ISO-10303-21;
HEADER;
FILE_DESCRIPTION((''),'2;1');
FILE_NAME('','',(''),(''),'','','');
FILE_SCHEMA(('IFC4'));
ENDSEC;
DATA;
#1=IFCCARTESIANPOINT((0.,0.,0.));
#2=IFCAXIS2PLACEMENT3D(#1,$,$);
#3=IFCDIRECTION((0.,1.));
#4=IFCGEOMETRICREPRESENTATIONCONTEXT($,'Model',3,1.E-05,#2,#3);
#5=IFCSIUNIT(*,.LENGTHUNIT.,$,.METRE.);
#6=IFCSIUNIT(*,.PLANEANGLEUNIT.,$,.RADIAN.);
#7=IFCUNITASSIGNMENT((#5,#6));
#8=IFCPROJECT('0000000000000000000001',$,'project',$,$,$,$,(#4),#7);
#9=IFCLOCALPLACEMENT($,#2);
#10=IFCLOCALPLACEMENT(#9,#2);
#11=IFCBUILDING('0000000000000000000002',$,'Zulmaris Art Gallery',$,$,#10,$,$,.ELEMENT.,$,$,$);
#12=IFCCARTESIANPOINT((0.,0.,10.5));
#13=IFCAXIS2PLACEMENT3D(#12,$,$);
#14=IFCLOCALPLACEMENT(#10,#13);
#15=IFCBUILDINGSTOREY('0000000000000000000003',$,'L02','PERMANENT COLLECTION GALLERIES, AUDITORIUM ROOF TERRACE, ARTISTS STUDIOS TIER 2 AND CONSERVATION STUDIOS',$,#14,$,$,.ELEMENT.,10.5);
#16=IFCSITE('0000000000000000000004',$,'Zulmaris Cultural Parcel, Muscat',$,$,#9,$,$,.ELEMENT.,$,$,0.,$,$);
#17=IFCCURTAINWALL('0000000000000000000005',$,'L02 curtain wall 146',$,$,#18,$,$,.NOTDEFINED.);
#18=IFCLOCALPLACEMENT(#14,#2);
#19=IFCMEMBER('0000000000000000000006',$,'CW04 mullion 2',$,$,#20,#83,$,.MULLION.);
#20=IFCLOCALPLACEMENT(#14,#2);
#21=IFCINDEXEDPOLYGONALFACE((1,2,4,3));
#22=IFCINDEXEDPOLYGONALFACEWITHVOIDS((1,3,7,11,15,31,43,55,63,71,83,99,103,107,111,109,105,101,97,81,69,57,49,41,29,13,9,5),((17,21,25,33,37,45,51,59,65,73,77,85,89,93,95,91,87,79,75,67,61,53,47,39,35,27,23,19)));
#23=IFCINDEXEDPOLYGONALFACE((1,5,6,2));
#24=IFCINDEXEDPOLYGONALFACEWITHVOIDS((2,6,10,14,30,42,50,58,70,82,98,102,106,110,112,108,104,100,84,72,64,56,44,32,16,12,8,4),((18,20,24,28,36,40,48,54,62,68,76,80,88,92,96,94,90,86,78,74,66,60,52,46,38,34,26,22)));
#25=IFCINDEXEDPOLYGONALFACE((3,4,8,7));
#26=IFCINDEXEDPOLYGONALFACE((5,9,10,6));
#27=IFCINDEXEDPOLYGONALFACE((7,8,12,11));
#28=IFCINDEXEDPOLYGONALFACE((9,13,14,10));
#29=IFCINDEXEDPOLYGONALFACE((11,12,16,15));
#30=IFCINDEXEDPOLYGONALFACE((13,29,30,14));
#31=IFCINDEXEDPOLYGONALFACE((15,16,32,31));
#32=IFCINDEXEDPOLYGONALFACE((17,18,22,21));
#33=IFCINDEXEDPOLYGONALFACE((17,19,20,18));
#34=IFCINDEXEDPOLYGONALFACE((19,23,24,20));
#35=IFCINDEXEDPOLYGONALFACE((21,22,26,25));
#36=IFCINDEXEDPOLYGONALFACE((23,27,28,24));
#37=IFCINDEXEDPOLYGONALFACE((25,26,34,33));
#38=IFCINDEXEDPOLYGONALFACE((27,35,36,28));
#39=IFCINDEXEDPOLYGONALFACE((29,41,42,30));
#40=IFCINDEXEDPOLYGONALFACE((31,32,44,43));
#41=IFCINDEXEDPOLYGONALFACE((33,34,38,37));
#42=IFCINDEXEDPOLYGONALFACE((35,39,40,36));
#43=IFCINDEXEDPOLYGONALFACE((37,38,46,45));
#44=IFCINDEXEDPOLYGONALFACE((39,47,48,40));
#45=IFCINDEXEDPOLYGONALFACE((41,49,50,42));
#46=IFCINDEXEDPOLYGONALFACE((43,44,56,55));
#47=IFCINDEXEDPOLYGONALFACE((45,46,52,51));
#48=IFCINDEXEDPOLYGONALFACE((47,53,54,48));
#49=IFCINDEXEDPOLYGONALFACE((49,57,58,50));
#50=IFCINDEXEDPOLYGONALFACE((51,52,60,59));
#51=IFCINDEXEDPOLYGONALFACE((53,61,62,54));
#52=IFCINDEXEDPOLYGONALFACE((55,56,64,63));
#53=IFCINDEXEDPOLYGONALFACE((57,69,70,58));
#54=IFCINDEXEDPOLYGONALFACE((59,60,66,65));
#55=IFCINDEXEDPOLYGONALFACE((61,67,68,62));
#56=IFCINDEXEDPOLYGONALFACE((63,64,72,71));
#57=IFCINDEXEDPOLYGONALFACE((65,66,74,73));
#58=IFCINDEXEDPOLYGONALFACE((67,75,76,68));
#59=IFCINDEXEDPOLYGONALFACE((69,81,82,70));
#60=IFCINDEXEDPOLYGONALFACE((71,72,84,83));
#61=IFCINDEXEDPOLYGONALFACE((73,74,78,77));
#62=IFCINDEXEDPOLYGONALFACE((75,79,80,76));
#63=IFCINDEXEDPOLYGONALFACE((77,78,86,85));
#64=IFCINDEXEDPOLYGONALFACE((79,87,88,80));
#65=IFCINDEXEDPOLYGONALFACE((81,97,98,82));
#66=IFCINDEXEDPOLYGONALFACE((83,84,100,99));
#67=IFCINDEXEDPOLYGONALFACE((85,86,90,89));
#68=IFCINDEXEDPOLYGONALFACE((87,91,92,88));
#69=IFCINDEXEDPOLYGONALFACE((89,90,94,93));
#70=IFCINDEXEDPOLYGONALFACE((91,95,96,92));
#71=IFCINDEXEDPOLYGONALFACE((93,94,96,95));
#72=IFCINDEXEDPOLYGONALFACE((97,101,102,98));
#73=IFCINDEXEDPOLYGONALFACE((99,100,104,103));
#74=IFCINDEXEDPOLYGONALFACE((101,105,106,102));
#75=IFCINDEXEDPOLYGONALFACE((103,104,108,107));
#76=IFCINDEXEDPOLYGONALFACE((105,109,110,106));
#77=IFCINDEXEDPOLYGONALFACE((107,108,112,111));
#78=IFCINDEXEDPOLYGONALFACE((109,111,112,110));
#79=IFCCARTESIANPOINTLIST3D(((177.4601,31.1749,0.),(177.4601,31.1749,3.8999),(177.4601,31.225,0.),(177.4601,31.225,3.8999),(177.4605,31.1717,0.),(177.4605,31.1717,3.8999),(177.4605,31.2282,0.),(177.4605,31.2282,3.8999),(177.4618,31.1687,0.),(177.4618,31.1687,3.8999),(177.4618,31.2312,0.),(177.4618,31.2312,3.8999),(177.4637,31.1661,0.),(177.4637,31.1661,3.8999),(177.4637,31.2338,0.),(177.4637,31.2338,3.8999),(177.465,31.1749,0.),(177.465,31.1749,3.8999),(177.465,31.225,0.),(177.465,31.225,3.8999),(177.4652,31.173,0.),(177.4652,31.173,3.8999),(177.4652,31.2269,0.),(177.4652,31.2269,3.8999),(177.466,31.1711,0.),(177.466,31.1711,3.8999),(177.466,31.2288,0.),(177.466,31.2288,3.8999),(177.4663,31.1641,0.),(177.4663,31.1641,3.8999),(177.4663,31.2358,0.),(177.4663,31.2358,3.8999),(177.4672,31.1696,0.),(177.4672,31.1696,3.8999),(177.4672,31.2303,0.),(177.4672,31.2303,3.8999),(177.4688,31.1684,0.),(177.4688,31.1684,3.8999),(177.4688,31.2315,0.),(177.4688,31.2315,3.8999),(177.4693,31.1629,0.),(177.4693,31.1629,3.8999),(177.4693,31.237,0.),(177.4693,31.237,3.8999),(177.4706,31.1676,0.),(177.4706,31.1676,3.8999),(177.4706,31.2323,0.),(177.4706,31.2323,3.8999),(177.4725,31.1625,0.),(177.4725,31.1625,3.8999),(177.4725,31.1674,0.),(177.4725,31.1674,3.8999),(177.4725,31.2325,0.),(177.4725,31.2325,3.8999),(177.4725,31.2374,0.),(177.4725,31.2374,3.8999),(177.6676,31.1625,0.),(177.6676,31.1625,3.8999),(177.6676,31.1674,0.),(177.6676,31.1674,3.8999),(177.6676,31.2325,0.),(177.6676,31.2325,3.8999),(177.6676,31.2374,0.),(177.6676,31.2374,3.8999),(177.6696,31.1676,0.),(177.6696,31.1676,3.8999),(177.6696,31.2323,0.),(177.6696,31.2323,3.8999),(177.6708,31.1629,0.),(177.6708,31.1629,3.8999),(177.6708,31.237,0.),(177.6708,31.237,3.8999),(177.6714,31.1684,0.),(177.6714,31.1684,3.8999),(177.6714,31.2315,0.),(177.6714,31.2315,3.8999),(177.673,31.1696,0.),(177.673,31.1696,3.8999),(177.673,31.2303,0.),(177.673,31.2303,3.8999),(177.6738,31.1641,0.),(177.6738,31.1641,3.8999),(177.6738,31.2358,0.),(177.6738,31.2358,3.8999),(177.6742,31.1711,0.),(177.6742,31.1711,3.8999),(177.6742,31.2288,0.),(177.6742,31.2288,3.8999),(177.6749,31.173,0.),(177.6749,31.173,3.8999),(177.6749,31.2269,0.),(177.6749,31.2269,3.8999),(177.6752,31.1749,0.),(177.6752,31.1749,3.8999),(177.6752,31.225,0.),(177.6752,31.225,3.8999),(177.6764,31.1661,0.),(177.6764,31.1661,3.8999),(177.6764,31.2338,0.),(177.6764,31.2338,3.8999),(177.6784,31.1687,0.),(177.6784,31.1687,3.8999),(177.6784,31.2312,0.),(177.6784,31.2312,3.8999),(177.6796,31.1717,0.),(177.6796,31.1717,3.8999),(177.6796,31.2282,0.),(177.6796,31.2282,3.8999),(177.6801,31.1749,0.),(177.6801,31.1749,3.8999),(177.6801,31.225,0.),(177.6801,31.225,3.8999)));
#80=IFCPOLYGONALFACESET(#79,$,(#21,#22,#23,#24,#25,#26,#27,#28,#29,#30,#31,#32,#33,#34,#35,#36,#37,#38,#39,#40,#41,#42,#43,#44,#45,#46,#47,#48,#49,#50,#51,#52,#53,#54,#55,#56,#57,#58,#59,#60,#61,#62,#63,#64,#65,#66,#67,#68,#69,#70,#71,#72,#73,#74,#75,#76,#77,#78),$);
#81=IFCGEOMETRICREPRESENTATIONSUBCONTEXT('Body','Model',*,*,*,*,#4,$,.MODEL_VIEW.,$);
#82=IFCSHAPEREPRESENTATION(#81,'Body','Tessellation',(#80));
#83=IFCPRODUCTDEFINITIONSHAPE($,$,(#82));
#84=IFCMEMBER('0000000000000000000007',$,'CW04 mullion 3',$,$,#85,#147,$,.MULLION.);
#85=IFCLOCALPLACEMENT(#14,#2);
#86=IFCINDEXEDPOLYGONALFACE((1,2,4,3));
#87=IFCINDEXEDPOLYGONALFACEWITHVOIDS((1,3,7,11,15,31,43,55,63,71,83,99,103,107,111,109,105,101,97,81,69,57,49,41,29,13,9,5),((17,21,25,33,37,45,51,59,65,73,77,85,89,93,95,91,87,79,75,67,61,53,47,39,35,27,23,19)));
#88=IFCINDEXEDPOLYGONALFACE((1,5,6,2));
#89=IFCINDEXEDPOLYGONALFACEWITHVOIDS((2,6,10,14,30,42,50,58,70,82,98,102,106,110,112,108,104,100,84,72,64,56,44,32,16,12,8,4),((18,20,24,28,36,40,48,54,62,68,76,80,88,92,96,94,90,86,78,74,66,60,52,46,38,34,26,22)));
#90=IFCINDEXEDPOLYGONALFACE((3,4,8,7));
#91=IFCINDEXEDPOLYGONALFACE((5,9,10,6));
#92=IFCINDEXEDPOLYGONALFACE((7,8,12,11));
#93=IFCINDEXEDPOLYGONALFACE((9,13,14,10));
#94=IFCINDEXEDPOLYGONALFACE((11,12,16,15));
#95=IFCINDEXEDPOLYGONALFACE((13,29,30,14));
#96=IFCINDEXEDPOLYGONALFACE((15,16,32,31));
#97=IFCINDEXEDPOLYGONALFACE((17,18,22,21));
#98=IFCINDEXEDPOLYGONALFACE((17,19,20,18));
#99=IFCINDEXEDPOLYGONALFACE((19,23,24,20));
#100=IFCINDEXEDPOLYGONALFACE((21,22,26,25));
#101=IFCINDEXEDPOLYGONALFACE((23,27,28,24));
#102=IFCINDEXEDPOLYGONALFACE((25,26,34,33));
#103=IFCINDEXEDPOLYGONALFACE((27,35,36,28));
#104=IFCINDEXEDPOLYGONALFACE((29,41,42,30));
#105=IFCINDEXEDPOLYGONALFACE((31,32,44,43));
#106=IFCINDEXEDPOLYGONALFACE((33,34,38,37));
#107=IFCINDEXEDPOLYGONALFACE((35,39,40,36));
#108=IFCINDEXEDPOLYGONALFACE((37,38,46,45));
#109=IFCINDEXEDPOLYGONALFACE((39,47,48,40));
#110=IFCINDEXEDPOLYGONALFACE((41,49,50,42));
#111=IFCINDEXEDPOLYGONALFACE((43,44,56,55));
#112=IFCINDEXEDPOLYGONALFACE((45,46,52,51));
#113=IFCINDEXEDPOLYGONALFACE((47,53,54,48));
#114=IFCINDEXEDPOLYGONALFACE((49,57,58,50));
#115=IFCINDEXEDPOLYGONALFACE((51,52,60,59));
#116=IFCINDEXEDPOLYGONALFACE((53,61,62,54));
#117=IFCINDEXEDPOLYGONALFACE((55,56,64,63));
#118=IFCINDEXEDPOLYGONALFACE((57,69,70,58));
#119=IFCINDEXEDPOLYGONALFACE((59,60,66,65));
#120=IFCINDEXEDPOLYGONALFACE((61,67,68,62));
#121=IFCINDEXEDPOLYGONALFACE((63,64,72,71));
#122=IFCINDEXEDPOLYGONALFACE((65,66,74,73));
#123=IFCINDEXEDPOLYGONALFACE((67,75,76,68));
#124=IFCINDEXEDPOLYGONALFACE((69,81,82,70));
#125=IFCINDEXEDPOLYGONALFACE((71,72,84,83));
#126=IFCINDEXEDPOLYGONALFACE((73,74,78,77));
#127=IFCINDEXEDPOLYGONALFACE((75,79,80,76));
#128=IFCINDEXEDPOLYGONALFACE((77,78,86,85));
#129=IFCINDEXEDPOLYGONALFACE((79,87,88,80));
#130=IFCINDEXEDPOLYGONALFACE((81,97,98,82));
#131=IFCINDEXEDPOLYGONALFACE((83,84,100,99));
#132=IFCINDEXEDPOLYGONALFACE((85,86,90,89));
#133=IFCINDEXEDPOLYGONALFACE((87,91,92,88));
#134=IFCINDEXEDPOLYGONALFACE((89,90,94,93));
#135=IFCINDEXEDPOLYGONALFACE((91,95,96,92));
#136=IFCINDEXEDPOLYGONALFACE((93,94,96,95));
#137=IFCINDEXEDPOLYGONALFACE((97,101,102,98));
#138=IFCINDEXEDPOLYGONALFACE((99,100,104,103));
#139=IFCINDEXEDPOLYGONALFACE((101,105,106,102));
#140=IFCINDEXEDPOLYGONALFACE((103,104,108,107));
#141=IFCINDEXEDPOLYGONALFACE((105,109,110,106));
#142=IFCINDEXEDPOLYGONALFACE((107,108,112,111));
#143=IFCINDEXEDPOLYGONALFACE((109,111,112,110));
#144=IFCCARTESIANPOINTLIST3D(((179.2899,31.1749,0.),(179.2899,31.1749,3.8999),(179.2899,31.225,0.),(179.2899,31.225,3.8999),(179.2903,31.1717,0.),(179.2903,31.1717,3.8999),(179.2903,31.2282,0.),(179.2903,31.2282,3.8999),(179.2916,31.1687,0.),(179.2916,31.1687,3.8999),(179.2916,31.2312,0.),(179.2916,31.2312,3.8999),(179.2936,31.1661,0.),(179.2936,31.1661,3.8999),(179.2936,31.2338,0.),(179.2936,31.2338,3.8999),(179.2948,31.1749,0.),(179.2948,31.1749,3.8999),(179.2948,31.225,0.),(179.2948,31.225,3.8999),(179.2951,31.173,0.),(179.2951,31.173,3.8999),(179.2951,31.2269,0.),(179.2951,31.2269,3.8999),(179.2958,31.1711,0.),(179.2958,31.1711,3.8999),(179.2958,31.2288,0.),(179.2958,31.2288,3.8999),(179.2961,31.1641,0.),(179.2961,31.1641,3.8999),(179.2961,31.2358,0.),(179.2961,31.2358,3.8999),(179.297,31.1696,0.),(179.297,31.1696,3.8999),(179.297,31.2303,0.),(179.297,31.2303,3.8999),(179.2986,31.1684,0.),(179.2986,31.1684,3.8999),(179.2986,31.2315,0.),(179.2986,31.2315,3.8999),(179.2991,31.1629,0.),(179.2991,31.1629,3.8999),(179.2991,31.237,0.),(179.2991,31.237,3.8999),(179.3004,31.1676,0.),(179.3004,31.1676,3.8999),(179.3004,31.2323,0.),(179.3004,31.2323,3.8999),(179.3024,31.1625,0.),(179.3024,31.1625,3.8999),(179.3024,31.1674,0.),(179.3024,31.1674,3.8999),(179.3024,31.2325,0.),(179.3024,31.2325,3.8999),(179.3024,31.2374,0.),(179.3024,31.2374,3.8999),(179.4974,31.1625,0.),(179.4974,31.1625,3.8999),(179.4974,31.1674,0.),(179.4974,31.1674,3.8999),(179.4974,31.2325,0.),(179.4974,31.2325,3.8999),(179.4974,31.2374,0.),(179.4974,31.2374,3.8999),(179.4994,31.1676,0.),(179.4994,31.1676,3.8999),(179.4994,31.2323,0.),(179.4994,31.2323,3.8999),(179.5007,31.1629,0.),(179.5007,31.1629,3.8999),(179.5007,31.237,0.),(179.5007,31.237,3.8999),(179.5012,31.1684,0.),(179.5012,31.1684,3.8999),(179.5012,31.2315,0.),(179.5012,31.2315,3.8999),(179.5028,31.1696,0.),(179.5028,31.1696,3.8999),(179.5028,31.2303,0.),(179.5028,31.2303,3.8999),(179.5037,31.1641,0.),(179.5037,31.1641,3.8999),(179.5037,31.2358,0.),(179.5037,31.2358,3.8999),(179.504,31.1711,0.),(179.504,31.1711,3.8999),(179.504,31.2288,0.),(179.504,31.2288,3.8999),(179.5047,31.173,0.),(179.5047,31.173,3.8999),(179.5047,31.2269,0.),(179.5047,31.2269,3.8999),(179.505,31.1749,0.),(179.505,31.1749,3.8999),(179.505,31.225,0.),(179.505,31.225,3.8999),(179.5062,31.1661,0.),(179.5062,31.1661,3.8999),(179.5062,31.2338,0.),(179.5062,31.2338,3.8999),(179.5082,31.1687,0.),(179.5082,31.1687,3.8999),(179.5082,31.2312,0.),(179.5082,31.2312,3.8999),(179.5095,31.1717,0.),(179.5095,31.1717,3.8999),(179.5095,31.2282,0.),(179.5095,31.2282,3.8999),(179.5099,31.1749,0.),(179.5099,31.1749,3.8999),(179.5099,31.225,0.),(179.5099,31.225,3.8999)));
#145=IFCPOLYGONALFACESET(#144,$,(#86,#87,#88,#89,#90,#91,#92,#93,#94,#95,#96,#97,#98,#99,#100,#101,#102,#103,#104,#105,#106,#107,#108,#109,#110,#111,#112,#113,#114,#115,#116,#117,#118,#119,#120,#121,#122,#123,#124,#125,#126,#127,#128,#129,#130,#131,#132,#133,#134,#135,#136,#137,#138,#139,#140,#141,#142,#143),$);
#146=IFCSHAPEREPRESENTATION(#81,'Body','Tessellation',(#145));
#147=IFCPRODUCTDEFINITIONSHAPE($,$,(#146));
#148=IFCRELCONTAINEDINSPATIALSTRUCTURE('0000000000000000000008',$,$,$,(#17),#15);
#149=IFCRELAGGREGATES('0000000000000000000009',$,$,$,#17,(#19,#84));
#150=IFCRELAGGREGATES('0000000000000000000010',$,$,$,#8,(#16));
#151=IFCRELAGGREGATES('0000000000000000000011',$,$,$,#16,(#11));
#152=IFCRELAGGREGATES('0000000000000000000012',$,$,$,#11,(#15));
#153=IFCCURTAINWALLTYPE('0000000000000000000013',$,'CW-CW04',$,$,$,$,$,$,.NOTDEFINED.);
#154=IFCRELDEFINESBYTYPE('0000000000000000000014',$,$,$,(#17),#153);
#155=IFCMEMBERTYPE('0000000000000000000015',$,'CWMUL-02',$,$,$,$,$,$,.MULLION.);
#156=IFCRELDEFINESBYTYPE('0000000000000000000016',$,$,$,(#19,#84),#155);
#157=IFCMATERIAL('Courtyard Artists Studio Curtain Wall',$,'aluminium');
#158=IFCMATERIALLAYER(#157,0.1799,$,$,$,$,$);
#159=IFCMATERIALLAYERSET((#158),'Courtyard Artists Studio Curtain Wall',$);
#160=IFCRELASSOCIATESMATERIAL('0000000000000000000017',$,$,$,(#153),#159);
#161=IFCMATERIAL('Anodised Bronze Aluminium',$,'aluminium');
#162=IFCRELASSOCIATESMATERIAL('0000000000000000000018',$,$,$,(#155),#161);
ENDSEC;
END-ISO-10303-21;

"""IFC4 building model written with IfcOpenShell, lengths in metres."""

from ifc_helpers import new_model, si_unit, direction, frame, origin, origin_2d, place, context, subcontext, project, spatial, hollow_rectangle, extrude, material, layer, layer_set, material_profile, profile_set, type_object, element, aggregate, save


model = new_model("IFC4")

# Units and contexts
model_context = context("Model", 3, precision=1e-05, world=origin(), true_north=direction((0.0, 1.0)))
body_context = subcontext(model_context, "Body", "Model", "MODEL_VIEW")
ifc_project = project(units=[si_unit("LENGTHUNIT", "METRE"), si_unit("PLANEANGLEUNIT", "RADIAN")], contexts=[model_context])

# Site, building, storey
site_placement = place(None, origin())
site = spatial("IfcSite", under=ifc_project, at=site_placement, Name="Zulmaris Cultural Parcel, Muscat", CompositionType="ELEMENT", RefElevation=0.0)
building_placement = place(site_placement, origin())
building = spatial("IfcBuilding", under=site, at=building_placement, Name="Zulmaris Art Gallery", CompositionType="ELEMENT")
storey_placement = place(building_placement, frame((0.0, 0.0, 10.5)))
storey = spatial("IfcBuildingStorey", under=building, at=storey_placement, Name="L02", Description="PERMANENT COLLECTION GALLERIES, AUDITORIUM ROOF TERRACE, ARTISTS STUDIOS TIER 2 AND CONSERVATION STUDIOS", CompositionType="ELEMENT", Elevation=10.5)

# Curtain wall, members
ifc_material_1 = material(Name="Courtyard Artists Studio Curtain Wall", Category="aluminium")
ifc_layer_1 = layer(ifc_material_1, 0.1799)
ifc_layer_set_1 = layer_set([ifc_layer_1], Name="Courtyard Artists Studio Curtain Wall")
curtain_wall_type = type_object("IfcCurtainWallType", Name="CW-CW04", PredefinedType="NOTDEFINED", material=ifc_layer_set_1)
ifc_material_2 = material(Name="Anodised Bronze Aluminium", Category="aluminium")
ifc_material_profile_1 = material_profile(ifc_material_2, hollow_rectangle(XDim=0.075, YDim=0.22, WallThickness=0.0049, InnerFilletRadius=0.0076, OuterFilletRadius=0.0125, at=origin_2d()), Name="ALU 75x220x5")
ifc_profile_set_1 = profile_set([ifc_material_profile_1], Name="Anodised Bronze Aluminium")
member_type_1 = type_object("IfcMemberType", Name="CWMUL-02", PredefinedType="MULLION", material=ifc_profile_set_1)
curtain_wall_1_placement = place(storey_placement, origin())
curtain_wall_1 = element("IfcCurtainWall", 1, at=curtain_wall_1_placement, inside=storey, type_object=curtain_wall_type, Name="L02 curtain wall 146", PredefinedType="NOTDEFINED")
member_1_placement = place(storey_placement, frame((177.5701, 31.2, 0.0), z_axis=(0.0, 0.0, 1.0), x_axis=(0.0, 1.0, 0.0)))
member_1 = element("IfcMember", 2, at=member_1_placement, type_object=member_type_1, Name="CW04 mullion 2", PredefinedType="MULLION", context=body_context, shape_type="SweptSolid", body=[
    extrude(hollow_rectangle(XDim=0.075, YDim=0.22, WallThickness=0.0049, InnerFilletRadius=0.0076, OuterFilletRadius=0.0125, at=origin_2d()), origin(), (0.0, 0.0, 1.0), 3.8999),
])
member_2_placement = place(storey_placement, frame((179.3999, 31.2, 0.0), z_axis=(0.0, 0.0, 1.0), x_axis=(0.0, 1.0, 0.0)))
member_2 = element("IfcMember", 3, at=member_2_placement, type_object=member_type_1, Name="CW04 mullion 3", PredefinedType="MULLION", context=body_context, shape_type="SweptSolid", body=[
    extrude(hollow_rectangle(XDim=0.075, YDim=0.22, WallThickness=0.0049, InnerFilletRadius=0.0076, OuterFilletRadius=0.0125, at=origin_2d()), origin(), (0.0, 0.0, 1.0), 3.8999),
])

aggregate(curtain_wall_1, [member_1, member_2])

save(model, "model.ifc")
